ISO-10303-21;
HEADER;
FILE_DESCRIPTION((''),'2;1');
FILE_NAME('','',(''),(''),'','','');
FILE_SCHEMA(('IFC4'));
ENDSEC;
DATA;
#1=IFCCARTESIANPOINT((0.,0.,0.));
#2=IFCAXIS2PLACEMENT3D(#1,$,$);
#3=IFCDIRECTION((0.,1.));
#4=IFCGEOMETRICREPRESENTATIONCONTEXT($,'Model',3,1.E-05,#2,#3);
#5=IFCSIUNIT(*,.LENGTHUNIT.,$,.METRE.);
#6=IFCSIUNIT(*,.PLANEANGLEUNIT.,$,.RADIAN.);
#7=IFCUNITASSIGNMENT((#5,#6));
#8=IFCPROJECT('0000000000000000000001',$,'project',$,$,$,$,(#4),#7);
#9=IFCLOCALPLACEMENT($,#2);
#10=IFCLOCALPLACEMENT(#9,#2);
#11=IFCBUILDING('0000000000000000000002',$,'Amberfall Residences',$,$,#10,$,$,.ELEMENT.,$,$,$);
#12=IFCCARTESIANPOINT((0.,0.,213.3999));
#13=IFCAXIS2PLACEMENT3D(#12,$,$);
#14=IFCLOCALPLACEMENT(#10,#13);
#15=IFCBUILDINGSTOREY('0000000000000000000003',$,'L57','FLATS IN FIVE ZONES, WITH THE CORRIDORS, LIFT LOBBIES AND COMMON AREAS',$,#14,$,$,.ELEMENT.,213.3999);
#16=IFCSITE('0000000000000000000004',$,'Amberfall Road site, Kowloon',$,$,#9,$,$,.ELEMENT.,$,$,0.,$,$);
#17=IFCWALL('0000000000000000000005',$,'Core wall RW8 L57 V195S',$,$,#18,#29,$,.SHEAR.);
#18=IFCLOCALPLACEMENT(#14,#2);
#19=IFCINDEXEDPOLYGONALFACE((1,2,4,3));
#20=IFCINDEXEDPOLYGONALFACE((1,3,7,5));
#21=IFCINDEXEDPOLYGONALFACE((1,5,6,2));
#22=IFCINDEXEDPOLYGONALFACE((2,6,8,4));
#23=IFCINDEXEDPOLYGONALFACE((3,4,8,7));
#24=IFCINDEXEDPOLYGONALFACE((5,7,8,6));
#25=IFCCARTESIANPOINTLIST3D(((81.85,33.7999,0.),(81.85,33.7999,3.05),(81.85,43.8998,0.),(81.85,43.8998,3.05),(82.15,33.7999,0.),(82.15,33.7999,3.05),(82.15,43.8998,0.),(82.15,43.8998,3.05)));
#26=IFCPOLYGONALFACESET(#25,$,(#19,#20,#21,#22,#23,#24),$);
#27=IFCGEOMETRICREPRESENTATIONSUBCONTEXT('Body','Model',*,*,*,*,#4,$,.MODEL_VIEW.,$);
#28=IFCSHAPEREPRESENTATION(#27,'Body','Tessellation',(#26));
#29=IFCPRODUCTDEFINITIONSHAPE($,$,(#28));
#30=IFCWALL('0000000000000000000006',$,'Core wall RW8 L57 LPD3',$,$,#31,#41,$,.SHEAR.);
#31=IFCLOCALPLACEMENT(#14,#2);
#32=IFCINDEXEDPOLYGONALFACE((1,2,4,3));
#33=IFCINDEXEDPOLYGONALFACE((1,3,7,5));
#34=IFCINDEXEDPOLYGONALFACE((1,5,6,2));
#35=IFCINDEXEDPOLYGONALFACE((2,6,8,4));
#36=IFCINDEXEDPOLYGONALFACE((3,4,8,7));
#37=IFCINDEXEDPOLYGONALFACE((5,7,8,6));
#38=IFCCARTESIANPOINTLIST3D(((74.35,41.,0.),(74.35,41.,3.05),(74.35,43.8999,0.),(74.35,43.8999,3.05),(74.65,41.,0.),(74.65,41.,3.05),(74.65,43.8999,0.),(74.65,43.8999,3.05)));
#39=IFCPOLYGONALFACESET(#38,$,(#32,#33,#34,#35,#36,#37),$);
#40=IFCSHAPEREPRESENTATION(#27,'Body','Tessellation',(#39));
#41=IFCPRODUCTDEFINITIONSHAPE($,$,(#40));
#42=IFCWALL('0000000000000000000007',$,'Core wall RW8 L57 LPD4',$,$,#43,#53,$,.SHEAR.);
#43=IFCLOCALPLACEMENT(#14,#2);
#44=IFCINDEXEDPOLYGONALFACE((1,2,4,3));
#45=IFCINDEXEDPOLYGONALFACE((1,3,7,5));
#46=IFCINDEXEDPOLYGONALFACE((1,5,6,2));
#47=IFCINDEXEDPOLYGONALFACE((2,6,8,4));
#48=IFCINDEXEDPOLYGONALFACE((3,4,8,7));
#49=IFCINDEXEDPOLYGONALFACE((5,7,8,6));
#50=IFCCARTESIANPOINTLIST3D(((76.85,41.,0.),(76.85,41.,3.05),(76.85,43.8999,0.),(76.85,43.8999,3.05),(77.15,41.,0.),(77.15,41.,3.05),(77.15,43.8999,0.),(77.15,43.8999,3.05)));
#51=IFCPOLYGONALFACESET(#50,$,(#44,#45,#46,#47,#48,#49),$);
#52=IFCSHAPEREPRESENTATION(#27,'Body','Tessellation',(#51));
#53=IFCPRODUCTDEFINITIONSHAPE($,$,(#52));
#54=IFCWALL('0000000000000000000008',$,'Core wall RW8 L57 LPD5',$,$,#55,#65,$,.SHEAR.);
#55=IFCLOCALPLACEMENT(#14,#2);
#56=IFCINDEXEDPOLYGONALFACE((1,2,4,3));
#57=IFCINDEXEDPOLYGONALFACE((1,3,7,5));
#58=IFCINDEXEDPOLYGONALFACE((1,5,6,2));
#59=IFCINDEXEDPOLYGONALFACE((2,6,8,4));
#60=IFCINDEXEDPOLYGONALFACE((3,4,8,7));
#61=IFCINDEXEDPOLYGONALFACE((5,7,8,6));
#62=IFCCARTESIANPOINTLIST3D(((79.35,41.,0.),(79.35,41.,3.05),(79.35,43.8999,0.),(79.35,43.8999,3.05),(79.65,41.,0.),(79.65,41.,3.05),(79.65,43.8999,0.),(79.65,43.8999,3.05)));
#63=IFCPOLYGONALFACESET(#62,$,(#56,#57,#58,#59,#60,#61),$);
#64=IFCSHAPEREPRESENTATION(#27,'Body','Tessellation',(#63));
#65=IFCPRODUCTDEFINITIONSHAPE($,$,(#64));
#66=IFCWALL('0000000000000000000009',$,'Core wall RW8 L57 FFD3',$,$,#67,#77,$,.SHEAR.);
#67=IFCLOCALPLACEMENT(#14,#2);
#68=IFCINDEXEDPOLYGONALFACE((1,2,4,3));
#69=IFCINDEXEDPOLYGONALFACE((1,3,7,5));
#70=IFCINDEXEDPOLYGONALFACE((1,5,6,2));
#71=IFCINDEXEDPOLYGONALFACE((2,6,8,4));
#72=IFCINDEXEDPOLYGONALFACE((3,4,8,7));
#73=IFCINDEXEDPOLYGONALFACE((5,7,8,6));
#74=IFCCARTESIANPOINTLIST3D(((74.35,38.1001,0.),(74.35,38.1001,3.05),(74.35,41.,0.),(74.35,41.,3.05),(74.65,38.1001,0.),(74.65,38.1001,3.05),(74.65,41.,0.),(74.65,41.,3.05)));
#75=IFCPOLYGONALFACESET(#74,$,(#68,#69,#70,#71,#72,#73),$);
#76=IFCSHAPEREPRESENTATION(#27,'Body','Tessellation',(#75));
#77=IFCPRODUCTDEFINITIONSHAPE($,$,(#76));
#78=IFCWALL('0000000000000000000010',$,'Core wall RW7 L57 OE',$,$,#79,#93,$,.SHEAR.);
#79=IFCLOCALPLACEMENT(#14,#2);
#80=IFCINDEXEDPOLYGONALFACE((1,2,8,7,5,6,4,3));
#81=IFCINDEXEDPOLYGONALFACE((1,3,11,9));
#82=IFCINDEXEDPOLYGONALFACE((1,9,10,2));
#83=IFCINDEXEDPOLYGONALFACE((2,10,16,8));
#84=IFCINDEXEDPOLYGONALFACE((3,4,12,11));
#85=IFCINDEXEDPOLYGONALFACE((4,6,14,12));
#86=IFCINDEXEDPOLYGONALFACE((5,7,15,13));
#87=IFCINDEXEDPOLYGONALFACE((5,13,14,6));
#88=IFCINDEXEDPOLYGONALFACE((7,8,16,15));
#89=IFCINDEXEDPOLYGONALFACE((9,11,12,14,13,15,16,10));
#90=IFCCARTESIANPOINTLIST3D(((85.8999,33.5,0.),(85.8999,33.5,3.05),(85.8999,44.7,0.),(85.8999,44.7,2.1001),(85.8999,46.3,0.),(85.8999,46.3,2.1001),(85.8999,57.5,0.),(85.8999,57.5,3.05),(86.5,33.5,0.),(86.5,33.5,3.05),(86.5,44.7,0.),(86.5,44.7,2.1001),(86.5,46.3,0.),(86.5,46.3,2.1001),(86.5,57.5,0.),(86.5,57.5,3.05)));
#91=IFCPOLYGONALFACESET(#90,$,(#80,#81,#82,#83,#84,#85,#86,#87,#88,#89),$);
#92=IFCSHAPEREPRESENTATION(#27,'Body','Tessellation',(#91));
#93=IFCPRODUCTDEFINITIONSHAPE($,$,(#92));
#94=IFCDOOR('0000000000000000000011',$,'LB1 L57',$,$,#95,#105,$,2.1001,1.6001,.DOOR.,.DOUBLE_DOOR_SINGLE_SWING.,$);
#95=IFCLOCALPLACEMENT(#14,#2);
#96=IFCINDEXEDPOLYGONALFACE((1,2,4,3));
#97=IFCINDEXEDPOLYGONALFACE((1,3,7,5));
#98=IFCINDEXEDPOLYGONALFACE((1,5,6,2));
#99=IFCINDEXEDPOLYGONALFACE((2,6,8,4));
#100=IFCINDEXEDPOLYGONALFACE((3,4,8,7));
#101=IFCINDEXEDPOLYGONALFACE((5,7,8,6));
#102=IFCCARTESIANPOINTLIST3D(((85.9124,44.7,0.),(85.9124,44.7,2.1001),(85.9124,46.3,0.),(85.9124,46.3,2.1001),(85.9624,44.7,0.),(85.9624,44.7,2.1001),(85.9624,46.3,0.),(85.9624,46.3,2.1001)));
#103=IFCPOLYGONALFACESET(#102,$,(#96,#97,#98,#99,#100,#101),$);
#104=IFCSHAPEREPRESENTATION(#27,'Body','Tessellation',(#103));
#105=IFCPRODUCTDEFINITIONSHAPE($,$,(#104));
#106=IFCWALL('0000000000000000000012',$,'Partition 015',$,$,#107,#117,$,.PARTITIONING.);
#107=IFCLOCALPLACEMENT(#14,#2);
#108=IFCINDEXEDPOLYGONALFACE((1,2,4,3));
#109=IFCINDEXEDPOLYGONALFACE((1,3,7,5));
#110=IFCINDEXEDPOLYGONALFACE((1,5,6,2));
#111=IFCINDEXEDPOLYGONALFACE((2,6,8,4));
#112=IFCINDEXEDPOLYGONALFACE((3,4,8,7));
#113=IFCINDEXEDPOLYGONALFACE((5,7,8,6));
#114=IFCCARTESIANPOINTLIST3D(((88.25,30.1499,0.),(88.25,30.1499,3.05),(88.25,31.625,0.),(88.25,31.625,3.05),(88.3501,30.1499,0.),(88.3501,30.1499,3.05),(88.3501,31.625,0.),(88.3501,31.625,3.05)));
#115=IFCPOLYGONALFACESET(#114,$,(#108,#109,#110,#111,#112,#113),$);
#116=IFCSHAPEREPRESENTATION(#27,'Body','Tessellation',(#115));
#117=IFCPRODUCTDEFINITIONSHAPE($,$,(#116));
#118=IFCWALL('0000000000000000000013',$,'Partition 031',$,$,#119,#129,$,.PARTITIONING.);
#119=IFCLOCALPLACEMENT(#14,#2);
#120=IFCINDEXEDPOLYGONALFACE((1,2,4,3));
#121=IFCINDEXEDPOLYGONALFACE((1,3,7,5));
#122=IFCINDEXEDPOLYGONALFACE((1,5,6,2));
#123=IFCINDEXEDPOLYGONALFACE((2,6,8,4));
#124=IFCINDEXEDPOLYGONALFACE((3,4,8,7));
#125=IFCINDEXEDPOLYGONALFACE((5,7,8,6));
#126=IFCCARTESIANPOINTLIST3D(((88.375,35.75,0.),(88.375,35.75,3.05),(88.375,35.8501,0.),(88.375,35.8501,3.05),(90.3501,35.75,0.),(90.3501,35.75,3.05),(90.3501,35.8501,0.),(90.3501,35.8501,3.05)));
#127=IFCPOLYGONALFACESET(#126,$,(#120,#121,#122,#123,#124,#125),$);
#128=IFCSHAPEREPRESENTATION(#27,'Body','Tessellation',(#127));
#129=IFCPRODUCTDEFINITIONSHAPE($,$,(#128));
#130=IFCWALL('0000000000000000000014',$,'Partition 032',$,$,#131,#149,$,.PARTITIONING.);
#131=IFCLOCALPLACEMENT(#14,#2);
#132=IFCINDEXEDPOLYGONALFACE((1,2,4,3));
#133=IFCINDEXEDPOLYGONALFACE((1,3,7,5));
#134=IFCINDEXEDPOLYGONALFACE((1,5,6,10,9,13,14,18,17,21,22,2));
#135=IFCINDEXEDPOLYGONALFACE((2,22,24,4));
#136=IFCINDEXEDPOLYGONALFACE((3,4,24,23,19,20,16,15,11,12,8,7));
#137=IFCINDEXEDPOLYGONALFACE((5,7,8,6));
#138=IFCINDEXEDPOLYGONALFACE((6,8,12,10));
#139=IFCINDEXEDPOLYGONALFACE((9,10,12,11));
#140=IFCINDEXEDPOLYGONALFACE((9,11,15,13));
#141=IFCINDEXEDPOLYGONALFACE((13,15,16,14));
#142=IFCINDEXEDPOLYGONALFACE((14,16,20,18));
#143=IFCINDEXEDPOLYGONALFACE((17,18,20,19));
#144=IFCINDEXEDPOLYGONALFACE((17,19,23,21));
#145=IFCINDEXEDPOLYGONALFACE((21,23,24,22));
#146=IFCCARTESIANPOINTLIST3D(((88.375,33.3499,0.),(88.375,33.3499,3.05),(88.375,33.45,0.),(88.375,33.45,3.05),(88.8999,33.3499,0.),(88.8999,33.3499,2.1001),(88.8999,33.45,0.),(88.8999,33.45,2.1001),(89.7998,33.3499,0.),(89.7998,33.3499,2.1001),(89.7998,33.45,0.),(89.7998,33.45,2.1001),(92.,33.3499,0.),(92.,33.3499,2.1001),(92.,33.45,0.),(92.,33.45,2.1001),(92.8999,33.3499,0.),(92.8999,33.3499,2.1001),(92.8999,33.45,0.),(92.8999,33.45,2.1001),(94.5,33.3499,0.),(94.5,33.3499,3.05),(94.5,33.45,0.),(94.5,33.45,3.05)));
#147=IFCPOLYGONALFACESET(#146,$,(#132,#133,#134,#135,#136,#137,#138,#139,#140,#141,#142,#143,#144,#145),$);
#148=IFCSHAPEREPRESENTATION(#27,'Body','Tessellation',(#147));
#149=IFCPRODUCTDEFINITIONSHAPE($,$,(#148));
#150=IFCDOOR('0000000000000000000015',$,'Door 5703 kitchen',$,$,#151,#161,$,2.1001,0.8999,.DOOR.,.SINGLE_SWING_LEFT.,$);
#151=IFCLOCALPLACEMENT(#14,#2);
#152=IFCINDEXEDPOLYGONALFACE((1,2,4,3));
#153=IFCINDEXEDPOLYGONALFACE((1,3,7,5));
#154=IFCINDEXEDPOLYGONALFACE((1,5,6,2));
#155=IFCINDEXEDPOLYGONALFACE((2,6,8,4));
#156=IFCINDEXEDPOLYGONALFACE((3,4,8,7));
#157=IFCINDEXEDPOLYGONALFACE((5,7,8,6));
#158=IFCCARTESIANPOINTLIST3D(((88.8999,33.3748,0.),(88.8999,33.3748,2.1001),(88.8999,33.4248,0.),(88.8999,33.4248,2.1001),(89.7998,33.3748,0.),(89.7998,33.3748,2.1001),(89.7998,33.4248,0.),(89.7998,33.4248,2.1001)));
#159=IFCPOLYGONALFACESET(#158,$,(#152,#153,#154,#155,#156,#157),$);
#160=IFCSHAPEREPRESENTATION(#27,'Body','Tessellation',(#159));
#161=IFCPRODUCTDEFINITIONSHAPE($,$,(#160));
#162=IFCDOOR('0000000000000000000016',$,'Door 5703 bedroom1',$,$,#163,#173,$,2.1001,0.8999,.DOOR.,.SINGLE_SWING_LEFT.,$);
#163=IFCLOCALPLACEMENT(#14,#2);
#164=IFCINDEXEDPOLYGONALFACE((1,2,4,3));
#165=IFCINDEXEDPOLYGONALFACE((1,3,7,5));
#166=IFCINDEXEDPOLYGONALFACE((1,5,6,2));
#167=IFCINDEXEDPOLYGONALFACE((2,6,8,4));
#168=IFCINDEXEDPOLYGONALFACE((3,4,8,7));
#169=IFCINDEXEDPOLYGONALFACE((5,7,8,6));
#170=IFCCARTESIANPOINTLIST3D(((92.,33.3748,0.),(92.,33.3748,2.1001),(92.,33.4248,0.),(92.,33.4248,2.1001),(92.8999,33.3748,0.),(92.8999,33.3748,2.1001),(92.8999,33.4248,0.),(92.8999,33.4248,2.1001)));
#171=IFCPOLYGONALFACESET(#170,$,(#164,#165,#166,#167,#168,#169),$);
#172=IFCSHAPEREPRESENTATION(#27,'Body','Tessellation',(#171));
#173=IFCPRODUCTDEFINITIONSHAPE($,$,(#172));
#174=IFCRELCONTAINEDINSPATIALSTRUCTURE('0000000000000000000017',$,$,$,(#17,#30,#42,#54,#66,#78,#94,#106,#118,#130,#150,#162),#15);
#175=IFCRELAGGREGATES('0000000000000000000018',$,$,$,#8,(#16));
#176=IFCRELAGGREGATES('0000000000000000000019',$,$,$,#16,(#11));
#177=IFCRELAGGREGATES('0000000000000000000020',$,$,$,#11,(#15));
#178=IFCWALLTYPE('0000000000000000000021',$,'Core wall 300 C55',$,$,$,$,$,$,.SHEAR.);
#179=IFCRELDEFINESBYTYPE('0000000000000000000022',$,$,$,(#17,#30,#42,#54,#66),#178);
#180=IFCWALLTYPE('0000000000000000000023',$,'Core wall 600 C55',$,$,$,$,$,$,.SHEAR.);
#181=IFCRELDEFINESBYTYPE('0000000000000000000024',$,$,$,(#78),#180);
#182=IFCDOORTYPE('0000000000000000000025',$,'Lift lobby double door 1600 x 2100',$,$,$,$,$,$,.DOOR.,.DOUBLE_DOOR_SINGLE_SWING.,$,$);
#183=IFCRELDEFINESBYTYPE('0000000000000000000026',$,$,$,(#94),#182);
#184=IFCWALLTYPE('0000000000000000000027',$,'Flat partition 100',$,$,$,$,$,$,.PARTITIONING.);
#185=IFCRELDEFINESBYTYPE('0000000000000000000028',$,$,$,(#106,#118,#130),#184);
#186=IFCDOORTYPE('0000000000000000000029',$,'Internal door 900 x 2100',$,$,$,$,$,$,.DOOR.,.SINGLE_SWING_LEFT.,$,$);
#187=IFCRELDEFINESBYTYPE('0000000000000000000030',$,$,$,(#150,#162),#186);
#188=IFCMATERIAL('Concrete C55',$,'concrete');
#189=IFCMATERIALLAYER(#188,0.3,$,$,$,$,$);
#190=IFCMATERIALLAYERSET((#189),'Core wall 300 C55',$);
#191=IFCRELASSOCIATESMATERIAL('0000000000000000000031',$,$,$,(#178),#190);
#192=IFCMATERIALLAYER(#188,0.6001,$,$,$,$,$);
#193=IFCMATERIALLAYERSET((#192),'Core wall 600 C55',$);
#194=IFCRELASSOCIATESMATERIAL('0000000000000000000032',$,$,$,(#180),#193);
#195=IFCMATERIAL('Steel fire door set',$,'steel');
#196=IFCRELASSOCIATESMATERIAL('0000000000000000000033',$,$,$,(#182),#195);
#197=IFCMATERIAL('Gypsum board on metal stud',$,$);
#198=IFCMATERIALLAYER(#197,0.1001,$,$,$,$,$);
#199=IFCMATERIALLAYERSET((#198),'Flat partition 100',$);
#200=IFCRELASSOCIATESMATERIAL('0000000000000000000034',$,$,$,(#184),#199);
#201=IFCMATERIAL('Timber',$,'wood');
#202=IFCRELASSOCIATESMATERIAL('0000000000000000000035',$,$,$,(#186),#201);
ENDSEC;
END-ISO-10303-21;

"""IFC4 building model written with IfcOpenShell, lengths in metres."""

from ifc_helpers import new_model, si_unit, direction, frame, frame_2d, origin, place, context, subcontext, project, spatial, rectangle, extrude, material, layer, layer_set, type_object, element, fill, save


model = new_model("IFC4")

# Units and contexts
model_context = context("Model", 3, precision=1e-05, world=origin(), true_north=direction((0.0, 1.0)))
body_context = subcontext(model_context, "Body", "Model", "MODEL_VIEW")
ifc_project = project(units=[si_unit("LENGTHUNIT", "METRE"), si_unit("PLANEANGLEUNIT", "RADIAN")], contexts=[model_context])

# Site, building, storey
site_placement = place(None, origin())
site = spatial("IfcSite", under=ifc_project, at=site_placement, Name="Amberfall Road site, Kowloon", CompositionType="ELEMENT", RefElevation=0.0)
building_placement = place(site_placement, origin())
building = spatial("IfcBuilding", under=site, at=building_placement, Name="Amberfall Residences", CompositionType="ELEMENT")
storey_placement = place(building_placement, frame((0.0, 0.0, 213.3999)))
storey = spatial("IfcBuildingStorey", under=building, at=storey_placement, Name="L57", Description="FLATS IN FIVE ZONES, WITH THE CORRIDORS, LIFT LOBBIES AND COMMON AREAS", CompositionType="ELEMENT", Elevation=213.3999)

# Walls
ifc_material_1 = material(Name="Concrete C55", Category="concrete")
ifc_layer_1 = layer(ifc_material_1, 0.3)
ifc_layer_set_1 = layer_set([ifc_layer_1], Name="Core wall 300 C55")
wall_type_1 = type_object("IfcWallType", Name="Core wall 300 C55", PredefinedType="SHEAR", material=ifc_layer_set_1)
wall_1_placement = place(storey_placement, frame((82.0, 33.8, 0.0), z_axis=(0.0, 0.0, 1.0), x_axis=(0.0, 1.0, 0.0)))
element("IfcWall", 1, at=wall_1_placement, inside=storey, type_object=wall_type_1, Name="Core wall RW8 L57 V195S", PredefinedType="SHEAR", context=body_context, shape_type="SweptSolid", body=[
    extrude(rectangle(XDim=10.0999, YDim=0.3, at=frame_2d((5.0498, 0.0))), origin(), (0.0, 0.0, 1.0), 3.05),
])
for number, where, z_axis, x_axis, name in (
    (2, (74.5, 41.0, 0.0), (0.0, 0.0, 1.0), (0.0, 1.0, 0.0), "Core wall RW8 L57 LPD3"),
    (3, (77.0, 41.0, 0.0), (0.0, 0.0, 1.0), (0.0, 1.0, 0.0), "Core wall RW8 L57 LPD4"),
    (4, (79.5, 41.0, 0.0), (0.0, 0.0, 1.0), (0.0, 1.0, 0.0), "Core wall RW8 L57 LPD5"),
    (5, (74.5, 38.1001, 0.0), (0.0, 0.0, 1.0), (0.0, 1.0, 0.0), "Core wall RW8 L57 FFD3"),
):
    element("IfcWall", number, at=place(storey_placement, frame(where, z_axis=z_axis, x_axis=x_axis)), inside=storey, type_object=wall_type_1, Name=name, PredefinedType="SHEAR", context=body_context, shape_type="SweptSolid", body=[
        extrude(rectangle(XDim=2.8999, YDim=0.3, at=frame_2d((1.45, 0.0))), origin(), (0.0, 0.0, 1.0), 3.05),
    ])

# Wall, opening, door
ifc_layer_2 = layer(ifc_material_1, 0.6001)
ifc_layer_set_2 = layer_set([ifc_layer_2], Name="Core wall 600 C55")
wall_type_2 = type_object("IfcWallType", Name="Core wall 600 C55", PredefinedType="SHEAR", material=ifc_layer_set_2)
wall_2_placement = place(storey_placement, frame((86.2, 33.5, 0.0), z_axis=(0.0, 0.0, 1.0), x_axis=(0.0, 1.0, 0.0)))
wall_2 = element("IfcWall", 6, at=wall_2_placement, inside=storey, type_object=wall_type_2, Name="Core wall RW7 L57 OE", PredefinedType="SHEAR", context=body_context, shape_type="SweptSolid", body=[
    extrude(rectangle(XDim=24.0, YDim=0.6001, at=frame_2d((12.0, 0.0))), origin(), (0.0, 0.0, 1.0), 3.05),
])
opening_1_placement = place(wall_2_placement, frame((11.2, 0.0, 0.0)))
opening_1 = element("IfcOpeningElement", 7, at=opening_1_placement, cuts=wall_2, PredefinedType="OPENING", context=body_context, shape_type="SweptSolid", body=[
    extrude(rectangle(XDim=1.6001, YDim=2.1001, at=frame_2d((0.8, 1.05))), frame((0.0, 0.3101, 0.0), z_axis=(0.0, -1.0, 0.0), x_axis=(1.0, 0.0, 0.0)), (0.0, 0.0, 1.0), 0.6201),
])
ifc_material_2 = material(Name="Steel fire door set", Category="steel")
door_type_1 = type_object("IfcDoorType", Name="Lift lobby double door 1600 x 2100", OperationType="DOUBLE_DOOR_SINGLE_SWING", PredefinedType="DOOR", material=ifc_material_2)
door_1_placement = place(opening_1_placement, origin())
door_1 = element("IfcDoor", 8, at=door_1_placement, inside=storey, type_object=door_type_1, Name="LB1 L57", OperationType="DOUBLE_DOOR_SINGLE_SWING", OverallHeight=2.1001, OverallWidth=1.6001, PredefinedType="DOOR", context=body_context, shape_type="SweptSolid", body=[
    extrude(rectangle(XDim=1.6001, YDim=2.1001, at=frame_2d((0.8, 1.05))), frame((0.0, 0.2876, 0.0), z_axis=(0.0, -1.0, 0.0), x_axis=(1.0, 0.0, 0.0)), (0.0, 0.0, 1.0), 0.05),
])
fill(opening_1, door_1)

# Walls
ifc_material_3 = material(Name="Gypsum board on metal stud")
ifc_layer_3 = layer(ifc_material_3, 0.1001)
ifc_layer_set_3 = layer_set([ifc_layer_3], Name="Flat partition 100")
wall_type_3 = type_object("IfcWallType", Name="Flat partition 100", PredefinedType="PARTITIONING", material=ifc_layer_set_3)
wall_3_placement = place(storey_placement, frame((88.3, 30.1499, 0.0), z_axis=(0.0, 0.0, 1.0), x_axis=(0.0, 1.0, 0.0)))
element("IfcWall", 9, at=wall_3_placement, inside=storey, type_object=wall_type_3, Name="Partition 015", PredefinedType="PARTITIONING", context=body_context, shape_type="SweptSolid", body=[
    extrude(rectangle(XDim=1.4751, YDim=0.1001, at=frame_2d((0.7375, 0.0))), origin(), (0.0, 0.0, 1.0), 3.05),
])
wall_4_placement = place(storey_placement, frame((88.375, 35.8, 0.0), z_axis=(0.0, 0.0, 1.0), x_axis=(1.0, 0.0, 0.0)))
element("IfcWall", 10, at=wall_4_placement, inside=storey, type_object=wall_type_3, Name="Partition 031", PredefinedType="PARTITIONING", context=body_context, shape_type="SweptSolid", body=[
    extrude(rectangle(XDim=1.9751, YDim=0.1001, at=frame_2d((0.9875, 0.0))), origin(), (0.0, 0.0, 1.0), 3.05),
])

# Wall, openings, doors
wall_5_placement = place(storey_placement, frame((88.375, 33.3999, 0.0), z_axis=(0.0, 0.0, 1.0), x_axis=(1.0, 0.0, 0.0)))
wall_5 = element("IfcWall", 11, at=wall_5_placement, inside=storey, type_object=wall_type_3, Name="Partition 032", PredefinedType="PARTITIONING", context=body_context, shape_type="SweptSolid", body=[
    extrude(rectangle(XDim=6.125, YDim=0.1001, at=frame_2d((3.0625, 0.0))), origin(), (0.0, 0.0, 1.0), 3.05),
])
opening_2_placement = place(wall_5_placement, frame((0.5249, 0.0, 0.0)))
opening_2 = element("IfcOpeningElement", 12, at=opening_2_placement, cuts=wall_5, PredefinedType="OPENING", context=body_context, shape_type="SweptSolid", body=[
    extrude(rectangle(XDim=0.8999, YDim=2.1001, at=frame_2d((0.45, 1.05))), frame((0.0, 0.0601, 0.0), z_axis=(0.0, -1.0, 0.0), x_axis=(1.0, 0.0, 0.0)), (0.0, 0.0, 1.0), 0.1201),
])
opening_3_placement = place(wall_5_placement, frame((3.625, 0.0, 0.0)))
opening_3 = element("IfcOpeningElement", 13, at=opening_3_placement, cuts=wall_5, PredefinedType="OPENING", context=body_context, shape_type="SweptSolid", body=[
    extrude(rectangle(XDim=0.8999, YDim=2.1001, at=frame_2d((0.45, 1.05))), frame((0.0, 0.0601, 0.0), z_axis=(0.0, -1.0, 0.0), x_axis=(1.0, 0.0, 0.0)), (0.0, 0.0, 1.0), 0.1201),
])
ifc_material_4 = material(Name="Timber", Category="wood")
door_type_2 = type_object("IfcDoorType", Name="Internal door 900 x 2100", OperationType="SINGLE_SWING_LEFT", PredefinedType="DOOR", material=ifc_material_4)
door_2_placement = place(opening_2_placement, origin())
door_2 = element("IfcDoor", 14, at=door_2_placement, inside=storey, type_object=door_type_2, Name="Door 5703 kitchen", OperationType="SINGLE_SWING_LEFT", OverallHeight=2.1001, OverallWidth=0.8999, PredefinedType="DOOR", context=body_context, shape_type="SweptSolid", body=[
    extrude(rectangle(XDim=0.8999, YDim=2.1001, at=frame_2d((0.45, 1.05))), frame((0.0, 0.0249, 0.0), z_axis=(0.0, -1.0, 0.0), x_axis=(1.0, 0.0, 0.0)), (0.0, 0.0, 1.0), 0.05),
])
fill(opening_2, door_2)
door_3_placement = place(opening_3_placement, origin())
door_3 = element("IfcDoor", 15, at=door_3_placement, inside=storey, type_object=door_type_2, Name="Door 5703 bedroom1", OperationType="SINGLE_SWING_LEFT", OverallHeight=2.1001, OverallWidth=0.8999, PredefinedType="DOOR", context=body_context, shape_type="SweptSolid", body=[
    extrude(rectangle(XDim=0.8999, YDim=2.1001, at=frame_2d((0.45, 1.05))), frame((0.0, 0.0249, 0.0), z_axis=(0.0, -1.0, 0.0), x_axis=(1.0, 0.0, 0.0)), (0.0, 0.0, 1.0), 0.05),
])
fill(opening_3, door_3)

save(model, "model.ifc")
